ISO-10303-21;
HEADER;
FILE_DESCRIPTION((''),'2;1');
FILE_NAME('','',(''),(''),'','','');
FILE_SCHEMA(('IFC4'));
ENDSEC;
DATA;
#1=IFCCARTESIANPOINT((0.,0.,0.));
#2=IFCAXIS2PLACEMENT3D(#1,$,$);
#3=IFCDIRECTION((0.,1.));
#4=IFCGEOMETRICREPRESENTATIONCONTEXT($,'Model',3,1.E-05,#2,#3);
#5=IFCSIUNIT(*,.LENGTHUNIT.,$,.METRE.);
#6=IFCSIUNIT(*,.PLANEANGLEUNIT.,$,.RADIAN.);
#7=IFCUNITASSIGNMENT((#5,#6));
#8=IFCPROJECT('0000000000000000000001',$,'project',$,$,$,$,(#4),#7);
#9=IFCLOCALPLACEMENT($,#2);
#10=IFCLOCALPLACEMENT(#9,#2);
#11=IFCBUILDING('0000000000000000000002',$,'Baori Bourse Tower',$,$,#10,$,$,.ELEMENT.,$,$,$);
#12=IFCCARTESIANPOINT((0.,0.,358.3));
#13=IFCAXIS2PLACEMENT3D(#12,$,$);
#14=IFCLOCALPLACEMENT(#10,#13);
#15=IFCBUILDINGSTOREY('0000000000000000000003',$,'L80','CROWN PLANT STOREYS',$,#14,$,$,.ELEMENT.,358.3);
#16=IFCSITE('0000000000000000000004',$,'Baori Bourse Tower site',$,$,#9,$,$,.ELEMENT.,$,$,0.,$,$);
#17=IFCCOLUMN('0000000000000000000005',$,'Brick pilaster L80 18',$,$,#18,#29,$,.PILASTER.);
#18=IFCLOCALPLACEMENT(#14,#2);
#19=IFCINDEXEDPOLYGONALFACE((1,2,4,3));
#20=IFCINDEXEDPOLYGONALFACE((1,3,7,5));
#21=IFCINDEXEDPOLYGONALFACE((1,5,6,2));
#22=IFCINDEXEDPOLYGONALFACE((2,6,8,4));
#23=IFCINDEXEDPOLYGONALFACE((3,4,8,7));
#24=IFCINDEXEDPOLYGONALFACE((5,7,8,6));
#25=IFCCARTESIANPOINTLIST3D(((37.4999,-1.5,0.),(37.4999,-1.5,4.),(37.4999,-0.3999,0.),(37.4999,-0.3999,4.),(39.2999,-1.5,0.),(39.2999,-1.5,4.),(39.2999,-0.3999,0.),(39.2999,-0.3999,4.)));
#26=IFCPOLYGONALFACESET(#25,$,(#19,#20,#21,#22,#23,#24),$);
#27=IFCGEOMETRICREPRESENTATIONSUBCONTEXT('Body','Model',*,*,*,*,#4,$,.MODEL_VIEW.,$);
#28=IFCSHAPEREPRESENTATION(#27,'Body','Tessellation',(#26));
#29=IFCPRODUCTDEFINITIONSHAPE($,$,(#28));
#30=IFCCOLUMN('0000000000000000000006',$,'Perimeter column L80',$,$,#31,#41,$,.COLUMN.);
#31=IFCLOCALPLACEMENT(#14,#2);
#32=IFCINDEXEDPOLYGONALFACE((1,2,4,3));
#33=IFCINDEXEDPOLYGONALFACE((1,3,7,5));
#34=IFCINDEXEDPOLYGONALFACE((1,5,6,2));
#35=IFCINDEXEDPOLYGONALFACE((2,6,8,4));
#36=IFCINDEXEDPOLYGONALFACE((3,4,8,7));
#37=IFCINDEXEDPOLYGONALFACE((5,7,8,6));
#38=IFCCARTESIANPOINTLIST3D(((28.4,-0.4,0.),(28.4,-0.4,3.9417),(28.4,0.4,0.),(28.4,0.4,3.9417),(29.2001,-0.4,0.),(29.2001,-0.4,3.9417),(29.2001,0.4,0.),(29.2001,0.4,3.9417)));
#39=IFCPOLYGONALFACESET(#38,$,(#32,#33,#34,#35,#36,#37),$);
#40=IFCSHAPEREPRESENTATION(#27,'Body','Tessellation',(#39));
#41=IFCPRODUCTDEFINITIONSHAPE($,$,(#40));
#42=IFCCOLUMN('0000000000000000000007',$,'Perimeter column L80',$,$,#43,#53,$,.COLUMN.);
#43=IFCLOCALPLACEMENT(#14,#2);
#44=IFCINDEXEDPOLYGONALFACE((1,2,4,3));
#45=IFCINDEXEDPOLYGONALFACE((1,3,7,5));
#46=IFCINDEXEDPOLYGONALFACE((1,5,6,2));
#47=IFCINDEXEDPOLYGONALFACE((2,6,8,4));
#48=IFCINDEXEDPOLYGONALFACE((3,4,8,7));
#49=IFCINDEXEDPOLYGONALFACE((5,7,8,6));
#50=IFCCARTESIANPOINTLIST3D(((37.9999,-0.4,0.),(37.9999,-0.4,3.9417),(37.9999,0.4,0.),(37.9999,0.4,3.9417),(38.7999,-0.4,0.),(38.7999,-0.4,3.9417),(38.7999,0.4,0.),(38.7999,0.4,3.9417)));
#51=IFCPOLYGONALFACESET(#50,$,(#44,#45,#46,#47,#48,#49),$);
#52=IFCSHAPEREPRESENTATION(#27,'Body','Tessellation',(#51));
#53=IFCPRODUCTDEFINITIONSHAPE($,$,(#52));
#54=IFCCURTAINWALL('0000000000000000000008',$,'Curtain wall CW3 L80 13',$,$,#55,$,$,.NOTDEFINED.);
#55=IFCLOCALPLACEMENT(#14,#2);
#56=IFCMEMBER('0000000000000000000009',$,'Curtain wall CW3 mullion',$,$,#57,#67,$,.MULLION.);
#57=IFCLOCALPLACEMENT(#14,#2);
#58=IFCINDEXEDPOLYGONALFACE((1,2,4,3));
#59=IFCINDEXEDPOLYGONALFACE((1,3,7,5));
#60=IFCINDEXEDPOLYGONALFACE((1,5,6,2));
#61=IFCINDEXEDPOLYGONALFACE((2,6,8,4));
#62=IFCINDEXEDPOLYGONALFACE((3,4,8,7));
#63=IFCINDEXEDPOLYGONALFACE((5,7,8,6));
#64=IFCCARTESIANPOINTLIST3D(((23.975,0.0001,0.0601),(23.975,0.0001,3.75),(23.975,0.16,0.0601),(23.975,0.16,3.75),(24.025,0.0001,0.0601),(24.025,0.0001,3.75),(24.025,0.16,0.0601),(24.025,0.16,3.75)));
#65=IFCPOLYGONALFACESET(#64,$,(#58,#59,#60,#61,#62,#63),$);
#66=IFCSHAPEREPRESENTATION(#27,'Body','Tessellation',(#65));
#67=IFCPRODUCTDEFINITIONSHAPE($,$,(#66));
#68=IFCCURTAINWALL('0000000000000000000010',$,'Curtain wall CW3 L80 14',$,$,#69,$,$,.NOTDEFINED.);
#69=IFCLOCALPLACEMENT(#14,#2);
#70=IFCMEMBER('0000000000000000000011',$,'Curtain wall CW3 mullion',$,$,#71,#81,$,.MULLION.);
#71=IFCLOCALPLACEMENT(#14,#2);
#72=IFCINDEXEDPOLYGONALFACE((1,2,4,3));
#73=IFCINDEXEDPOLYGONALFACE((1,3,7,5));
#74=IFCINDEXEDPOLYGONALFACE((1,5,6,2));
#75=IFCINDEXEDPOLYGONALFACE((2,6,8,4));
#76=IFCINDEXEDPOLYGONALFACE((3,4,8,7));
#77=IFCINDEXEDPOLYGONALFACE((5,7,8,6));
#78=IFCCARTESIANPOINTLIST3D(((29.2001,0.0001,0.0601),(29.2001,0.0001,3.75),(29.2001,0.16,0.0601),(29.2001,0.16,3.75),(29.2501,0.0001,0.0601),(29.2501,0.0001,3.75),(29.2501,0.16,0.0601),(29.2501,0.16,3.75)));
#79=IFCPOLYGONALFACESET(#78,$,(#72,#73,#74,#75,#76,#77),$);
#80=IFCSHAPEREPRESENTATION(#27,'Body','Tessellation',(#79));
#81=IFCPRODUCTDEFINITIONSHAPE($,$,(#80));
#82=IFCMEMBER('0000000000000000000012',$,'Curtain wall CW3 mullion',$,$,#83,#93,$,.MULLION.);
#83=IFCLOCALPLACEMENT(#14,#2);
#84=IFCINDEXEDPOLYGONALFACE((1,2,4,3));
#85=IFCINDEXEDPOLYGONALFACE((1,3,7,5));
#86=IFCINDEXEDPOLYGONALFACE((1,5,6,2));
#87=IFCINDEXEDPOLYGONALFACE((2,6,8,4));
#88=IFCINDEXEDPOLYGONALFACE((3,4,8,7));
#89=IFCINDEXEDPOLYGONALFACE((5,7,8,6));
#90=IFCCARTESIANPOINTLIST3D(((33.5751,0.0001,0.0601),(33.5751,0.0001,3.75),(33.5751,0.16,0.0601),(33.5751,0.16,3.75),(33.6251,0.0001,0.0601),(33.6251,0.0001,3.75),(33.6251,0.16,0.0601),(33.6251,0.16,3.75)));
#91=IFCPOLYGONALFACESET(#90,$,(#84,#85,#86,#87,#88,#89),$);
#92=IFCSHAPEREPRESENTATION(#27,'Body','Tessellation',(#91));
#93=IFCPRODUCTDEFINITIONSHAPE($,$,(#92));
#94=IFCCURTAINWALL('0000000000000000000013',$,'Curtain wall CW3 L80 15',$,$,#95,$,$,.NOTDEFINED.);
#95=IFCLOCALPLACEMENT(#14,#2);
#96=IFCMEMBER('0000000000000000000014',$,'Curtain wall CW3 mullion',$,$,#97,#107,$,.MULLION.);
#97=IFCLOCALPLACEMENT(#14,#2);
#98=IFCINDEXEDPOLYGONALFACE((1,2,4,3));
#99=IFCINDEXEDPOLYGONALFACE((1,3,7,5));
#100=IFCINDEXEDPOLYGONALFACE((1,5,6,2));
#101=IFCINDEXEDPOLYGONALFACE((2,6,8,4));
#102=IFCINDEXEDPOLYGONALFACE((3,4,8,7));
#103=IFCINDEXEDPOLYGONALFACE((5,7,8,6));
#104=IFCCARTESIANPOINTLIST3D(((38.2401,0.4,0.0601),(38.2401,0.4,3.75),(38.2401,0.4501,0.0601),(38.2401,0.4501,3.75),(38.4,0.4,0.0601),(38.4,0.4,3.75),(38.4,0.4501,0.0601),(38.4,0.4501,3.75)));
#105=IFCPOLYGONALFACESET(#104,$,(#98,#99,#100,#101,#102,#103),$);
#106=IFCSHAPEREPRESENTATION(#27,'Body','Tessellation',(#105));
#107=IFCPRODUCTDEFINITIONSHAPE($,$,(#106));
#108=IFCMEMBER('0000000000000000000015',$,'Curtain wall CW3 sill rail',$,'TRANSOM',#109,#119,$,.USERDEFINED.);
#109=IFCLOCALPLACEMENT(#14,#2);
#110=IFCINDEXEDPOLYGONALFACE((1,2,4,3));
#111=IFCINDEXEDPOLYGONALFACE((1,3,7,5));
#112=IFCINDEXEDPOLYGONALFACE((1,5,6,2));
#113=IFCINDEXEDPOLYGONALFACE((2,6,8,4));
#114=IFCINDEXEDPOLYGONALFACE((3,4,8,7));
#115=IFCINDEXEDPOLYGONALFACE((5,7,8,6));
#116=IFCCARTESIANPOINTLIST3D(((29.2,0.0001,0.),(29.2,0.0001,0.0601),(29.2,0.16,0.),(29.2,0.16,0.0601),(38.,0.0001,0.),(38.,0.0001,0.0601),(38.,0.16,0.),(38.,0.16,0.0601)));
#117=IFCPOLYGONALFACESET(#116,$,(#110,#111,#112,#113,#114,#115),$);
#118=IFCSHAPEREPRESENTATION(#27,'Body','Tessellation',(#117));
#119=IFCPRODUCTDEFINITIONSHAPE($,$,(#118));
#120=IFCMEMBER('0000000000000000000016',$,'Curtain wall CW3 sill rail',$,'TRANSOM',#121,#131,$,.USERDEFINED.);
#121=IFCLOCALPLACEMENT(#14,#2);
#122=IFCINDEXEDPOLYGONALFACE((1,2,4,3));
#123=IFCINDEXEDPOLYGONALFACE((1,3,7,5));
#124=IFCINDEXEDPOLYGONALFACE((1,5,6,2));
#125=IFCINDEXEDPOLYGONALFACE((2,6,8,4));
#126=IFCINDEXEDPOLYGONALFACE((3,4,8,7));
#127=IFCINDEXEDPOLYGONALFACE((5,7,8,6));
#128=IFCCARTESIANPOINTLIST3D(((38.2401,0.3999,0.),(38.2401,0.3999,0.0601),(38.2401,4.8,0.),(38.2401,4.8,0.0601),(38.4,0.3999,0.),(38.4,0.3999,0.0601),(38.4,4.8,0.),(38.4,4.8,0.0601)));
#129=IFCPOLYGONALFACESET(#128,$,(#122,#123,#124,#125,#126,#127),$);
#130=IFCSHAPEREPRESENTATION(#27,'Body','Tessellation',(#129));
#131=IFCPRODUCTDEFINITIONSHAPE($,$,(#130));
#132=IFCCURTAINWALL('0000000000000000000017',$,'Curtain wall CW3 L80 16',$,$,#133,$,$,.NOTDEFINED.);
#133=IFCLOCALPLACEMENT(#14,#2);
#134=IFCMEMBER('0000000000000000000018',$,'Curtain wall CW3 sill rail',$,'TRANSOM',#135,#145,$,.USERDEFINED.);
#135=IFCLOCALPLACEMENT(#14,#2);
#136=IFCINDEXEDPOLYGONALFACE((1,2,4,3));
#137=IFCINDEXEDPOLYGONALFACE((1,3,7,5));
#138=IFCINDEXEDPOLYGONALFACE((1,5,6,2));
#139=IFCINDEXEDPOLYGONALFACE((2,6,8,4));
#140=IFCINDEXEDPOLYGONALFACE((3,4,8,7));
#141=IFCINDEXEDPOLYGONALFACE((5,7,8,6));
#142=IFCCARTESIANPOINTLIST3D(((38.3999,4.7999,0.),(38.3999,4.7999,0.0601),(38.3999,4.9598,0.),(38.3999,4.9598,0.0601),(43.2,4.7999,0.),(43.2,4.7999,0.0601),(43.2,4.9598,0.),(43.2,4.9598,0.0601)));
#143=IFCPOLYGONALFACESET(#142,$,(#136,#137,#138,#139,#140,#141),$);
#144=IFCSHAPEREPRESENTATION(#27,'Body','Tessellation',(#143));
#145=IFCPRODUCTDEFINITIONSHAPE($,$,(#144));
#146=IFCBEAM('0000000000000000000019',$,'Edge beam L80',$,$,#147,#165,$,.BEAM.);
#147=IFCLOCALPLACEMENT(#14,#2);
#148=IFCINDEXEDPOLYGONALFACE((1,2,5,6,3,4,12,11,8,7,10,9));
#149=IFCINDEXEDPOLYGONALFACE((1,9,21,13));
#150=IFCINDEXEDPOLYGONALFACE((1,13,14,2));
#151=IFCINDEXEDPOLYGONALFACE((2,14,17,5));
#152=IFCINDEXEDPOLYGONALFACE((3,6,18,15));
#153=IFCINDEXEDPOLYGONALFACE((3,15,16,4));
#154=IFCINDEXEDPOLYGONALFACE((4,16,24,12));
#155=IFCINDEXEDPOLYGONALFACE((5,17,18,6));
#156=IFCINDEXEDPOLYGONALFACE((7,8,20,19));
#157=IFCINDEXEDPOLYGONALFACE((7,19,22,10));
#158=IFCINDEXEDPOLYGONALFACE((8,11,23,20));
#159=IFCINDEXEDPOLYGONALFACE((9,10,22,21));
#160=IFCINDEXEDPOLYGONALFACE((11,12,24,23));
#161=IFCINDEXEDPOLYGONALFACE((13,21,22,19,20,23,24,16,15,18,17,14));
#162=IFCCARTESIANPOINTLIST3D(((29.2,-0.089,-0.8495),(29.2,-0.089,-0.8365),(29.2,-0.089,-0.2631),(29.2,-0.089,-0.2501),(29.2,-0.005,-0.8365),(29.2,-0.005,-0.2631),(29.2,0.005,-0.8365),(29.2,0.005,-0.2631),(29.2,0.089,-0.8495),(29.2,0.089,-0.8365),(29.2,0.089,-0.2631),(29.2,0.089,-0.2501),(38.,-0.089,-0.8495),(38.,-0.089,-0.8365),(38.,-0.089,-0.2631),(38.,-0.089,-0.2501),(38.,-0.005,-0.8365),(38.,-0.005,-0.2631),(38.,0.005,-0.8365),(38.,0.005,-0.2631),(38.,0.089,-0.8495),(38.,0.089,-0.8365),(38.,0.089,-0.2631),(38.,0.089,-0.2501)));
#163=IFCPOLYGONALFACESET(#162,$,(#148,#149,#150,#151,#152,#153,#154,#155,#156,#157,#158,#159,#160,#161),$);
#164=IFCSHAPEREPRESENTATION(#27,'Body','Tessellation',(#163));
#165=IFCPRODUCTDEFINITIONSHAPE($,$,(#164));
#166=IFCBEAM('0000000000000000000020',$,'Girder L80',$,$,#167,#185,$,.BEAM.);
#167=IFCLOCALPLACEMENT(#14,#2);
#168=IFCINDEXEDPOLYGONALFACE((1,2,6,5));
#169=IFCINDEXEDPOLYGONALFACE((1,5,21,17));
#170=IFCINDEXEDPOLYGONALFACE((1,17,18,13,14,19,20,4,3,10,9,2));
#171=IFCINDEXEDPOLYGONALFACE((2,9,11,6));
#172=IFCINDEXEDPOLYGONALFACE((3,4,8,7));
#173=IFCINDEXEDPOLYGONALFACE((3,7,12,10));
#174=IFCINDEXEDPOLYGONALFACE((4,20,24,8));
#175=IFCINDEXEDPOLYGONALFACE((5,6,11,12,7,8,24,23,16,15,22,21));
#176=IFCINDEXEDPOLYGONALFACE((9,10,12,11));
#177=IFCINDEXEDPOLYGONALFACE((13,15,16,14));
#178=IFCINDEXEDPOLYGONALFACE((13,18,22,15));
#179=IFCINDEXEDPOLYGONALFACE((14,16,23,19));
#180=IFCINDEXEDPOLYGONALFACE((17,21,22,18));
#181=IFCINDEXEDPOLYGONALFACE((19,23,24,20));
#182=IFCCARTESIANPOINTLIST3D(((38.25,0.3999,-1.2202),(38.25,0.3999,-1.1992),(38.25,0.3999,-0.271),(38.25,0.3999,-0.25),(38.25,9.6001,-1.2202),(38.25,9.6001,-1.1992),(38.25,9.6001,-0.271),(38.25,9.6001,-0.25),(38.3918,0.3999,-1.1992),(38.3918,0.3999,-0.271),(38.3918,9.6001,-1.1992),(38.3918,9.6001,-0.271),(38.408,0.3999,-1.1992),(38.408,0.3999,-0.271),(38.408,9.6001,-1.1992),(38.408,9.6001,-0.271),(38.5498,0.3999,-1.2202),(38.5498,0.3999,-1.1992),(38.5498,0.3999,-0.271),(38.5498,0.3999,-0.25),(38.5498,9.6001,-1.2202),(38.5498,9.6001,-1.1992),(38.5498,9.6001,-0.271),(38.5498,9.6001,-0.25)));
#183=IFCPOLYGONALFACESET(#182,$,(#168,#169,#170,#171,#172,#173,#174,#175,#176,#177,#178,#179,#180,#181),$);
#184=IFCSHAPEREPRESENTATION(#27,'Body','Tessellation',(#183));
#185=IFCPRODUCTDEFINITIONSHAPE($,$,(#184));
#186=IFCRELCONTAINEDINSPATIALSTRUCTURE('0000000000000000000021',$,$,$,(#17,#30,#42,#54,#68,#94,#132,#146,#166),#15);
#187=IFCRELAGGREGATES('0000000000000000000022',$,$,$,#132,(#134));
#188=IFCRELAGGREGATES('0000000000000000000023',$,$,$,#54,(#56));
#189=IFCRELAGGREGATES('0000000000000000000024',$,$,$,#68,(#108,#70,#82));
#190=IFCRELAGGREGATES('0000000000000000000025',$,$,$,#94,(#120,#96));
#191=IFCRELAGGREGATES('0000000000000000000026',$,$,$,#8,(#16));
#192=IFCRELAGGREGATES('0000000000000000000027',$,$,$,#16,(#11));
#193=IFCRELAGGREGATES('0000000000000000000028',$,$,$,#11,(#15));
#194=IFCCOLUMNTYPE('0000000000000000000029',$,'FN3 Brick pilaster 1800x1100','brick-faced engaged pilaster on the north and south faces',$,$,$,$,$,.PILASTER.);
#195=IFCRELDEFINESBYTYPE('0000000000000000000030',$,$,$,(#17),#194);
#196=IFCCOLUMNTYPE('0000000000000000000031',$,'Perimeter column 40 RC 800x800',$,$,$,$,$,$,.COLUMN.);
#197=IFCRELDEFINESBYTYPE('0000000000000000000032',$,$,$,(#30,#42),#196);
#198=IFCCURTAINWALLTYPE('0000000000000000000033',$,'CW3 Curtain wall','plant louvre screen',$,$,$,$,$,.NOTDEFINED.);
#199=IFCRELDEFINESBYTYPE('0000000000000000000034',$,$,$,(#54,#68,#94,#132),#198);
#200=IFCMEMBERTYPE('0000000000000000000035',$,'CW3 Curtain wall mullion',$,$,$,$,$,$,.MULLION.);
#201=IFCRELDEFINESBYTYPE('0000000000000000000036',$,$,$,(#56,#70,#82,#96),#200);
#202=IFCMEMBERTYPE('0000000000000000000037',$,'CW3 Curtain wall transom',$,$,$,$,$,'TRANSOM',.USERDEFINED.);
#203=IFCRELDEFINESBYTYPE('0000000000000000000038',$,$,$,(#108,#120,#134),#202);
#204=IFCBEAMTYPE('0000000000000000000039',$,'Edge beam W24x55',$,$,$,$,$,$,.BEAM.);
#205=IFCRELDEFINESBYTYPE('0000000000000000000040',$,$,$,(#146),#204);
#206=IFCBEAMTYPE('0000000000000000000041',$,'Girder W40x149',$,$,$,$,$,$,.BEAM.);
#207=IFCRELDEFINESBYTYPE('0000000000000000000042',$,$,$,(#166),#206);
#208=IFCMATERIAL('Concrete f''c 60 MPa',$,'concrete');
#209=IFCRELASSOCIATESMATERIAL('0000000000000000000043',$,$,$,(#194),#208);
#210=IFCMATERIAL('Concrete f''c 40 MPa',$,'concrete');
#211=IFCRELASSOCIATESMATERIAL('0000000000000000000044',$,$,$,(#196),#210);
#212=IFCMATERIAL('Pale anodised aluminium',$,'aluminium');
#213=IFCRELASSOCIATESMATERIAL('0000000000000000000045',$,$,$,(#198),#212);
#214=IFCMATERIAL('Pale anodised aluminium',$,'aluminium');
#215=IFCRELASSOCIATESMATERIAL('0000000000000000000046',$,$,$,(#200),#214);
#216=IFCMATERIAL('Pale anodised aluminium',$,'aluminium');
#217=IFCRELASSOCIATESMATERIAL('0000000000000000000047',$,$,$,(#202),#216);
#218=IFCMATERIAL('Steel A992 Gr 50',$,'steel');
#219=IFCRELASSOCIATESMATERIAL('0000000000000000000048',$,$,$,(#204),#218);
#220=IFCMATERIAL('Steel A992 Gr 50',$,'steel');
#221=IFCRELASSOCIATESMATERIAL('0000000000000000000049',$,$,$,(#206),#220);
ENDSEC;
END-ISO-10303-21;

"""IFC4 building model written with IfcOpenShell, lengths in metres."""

from ifc_helpers import new_model, si_unit, direction, frame, origin, origin_2d, place, context, subcontext, project, spatial, rectangle, i_section, extrude, material, material_profile, profile_set, type_object, element, aggregate, save


model = new_model("IFC4")

# Units and contexts
model_context = context("Model", 3, precision=1e-05, world=origin(), true_north=direction((0.0, 1.0)))
body_context = subcontext(model_context, "Body", "Model", "MODEL_VIEW")
ifc_project = project(units=[si_unit("LENGTHUNIT", "METRE"), si_unit("PLANEANGLEUNIT", "RADIAN")], contexts=[model_context])

# Site, building, storey
site_placement = place(None, origin())
site = spatial("IfcSite", under=ifc_project, at=site_placement, Name="Baori Bourse Tower site", CompositionType="ELEMENT", RefElevation=0.0)
building_placement = place(site_placement, origin())
building = spatial("IfcBuilding", under=site, at=building_placement, Name="Baori Bourse Tower", CompositionType="ELEMENT")
storey_placement = place(building_placement, frame((0.0, 0.0, 358.3)))
storey = spatial("IfcBuildingStorey", under=building, at=storey_placement, Name="L80", Description="CROWN PLANT STOREYS", CompositionType="ELEMENT", Elevation=358.3)

# Columns
ifc_material_1 = material(Name="Concrete f'c 60 MPa", Category="concrete")
ifc_material_profile_1 = material_profile(ifc_material_1, rectangle(XDim=1.8, YDim=1.1001, at=origin_2d()), Name="RC 1800x1100")
ifc_profile_set_1 = profile_set([ifc_material_profile_1], Name="Concrete f'c 60 MPa")
column_type_1 = type_object("IfcColumnType", Name="FN3 Brick pilaster 1800x1100", Description="brick-faced engaged pilaster on the north and south faces", PredefinedType="PILASTER", material=ifc_profile_set_1)
column_placement = place(storey_placement, frame((38.3999, -0.95, 0.0), z_axis=(0.0, 0.0, 1.0), x_axis=(1.0, 0.0, 0.0)))
element("IfcColumn", 1, at=column_placement, inside=storey, type_object=column_type_1, Name="Brick pilaster L80 18", PredefinedType="PILASTER", context=body_context, shape_type="SweptSolid", body=[
    extrude(rectangle(XDim=1.8, YDim=1.1001, at=origin_2d()), origin(), (0.0, 0.0, 1.0), 4.0),
])
ifc_material_2 = material(Name="Concrete f'c 40 MPa", Category="concrete")
ifc_material_profile_2 = material_profile(ifc_material_2, rectangle(XDim=0.8, YDim=0.8, at=origin_2d()), Name="RC 800x800")
ifc_profile_set_2 = profile_set([ifc_material_profile_2], Name="Concrete f'c 40 MPa")
column_type_2 = type_object("IfcColumnType", Name="Perimeter column 40 RC 800x800", PredefinedType="COLUMN", material=ifc_profile_set_2)
for number, where, z_axis, x_axis, name in (
    (2, (28.8, 0.0, 0.0), (0.0, 0.0, 1.0), (1.0, 0.0, 0.0), "Perimeter column L80"),
    (3, (38.3999, 0.0, 0.0), (0.0, 0.0, 1.0), (1.0, 0.0, 0.0), "Perimeter column L80"),
):
    element("IfcColumn", number, at=place(storey_placement, frame(where, z_axis=z_axis, x_axis=x_axis)), inside=storey, type_object=column_type_2, Name=name, PredefinedType="COLUMN", context=body_context, shape_type="SweptSolid", body=[
        extrude(rectangle(XDim=0.8, YDim=0.8, at=origin_2d()), origin(), (0.0, 0.0, 1.0), 3.9417),
    ])

# Curtain wall, member
ifc_material_3 = material(Name="Pale anodised aluminium", Category="aluminium")
curtain_wall_type = type_object("IfcCurtainWallType", Name="CW3 Curtain wall", Description="plant louvre screen", PredefinedType="NOTDEFINED", material=ifc_material_3)
curtain_wall_1_placement = place(storey_placement, origin())
curtain_wall_1 = element("IfcCurtainWall", 4, at=curtain_wall_1_placement, inside=storey, type_object=curtain_wall_type, Name="Curtain wall CW3 L80 13", PredefinedType="NOTDEFINED")
ifc_material_4 = material(Name="Pale anodised aluminium", Category="aluminium")
ifc_material_profile_3 = material_profile(ifc_material_4, rectangle(XDim=0.1599, YDim=0.05, at=origin_2d()), Name="Mullion 50x160")
ifc_profile_set_3 = profile_set([ifc_material_profile_3], Name="Pale anodised aluminium")
member_type_1 = type_object("IfcMemberType", Name="CW3 Curtain wall mullion", PredefinedType="MULLION", material=ifc_profile_set_3)
member_1_placement = place(storey_placement, frame((24.0, 0.0801, 0.0601), z_axis=(0.0, 0.0, 1.0), x_axis=(0.0, 1.0, 0.0)))
member_1 = element("IfcMember", 5, at=member_1_placement, type_object=member_type_1, Name="Curtain wall CW3 mullion", PredefinedType="MULLION", context=body_context, shape_type="SweptSolid", body=[
    extrude(rectangle(XDim=0.1599, YDim=0.05, at=origin_2d()), origin(), (0.0, 0.0, 1.0), 3.6899),
])

# Curtain wall, members
curtain_wall_2_placement = place(storey_placement, origin())
curtain_wall_2 = element("IfcCurtainWall", 6, at=curtain_wall_2_placement, inside=storey, type_object=curtain_wall_type, Name="Curtain wall CW3 L80 14", PredefinedType="NOTDEFINED")
member_2_placement = place(storey_placement, frame((29.2251, 0.0801, 0.0601), z_axis=(0.0, 0.0, 1.0), x_axis=(0.0, 1.0, 0.0)))
member_2 = element("IfcMember", 7, at=member_2_placement, type_object=member_type_1, Name="Curtain wall CW3 mullion", PredefinedType="MULLION", context=body_context, shape_type="SweptSolid", body=[
    extrude(rectangle(XDim=0.1599, YDim=0.05, at=origin_2d()), origin(), (0.0, 0.0, 1.0), 3.6899),
])
member_3_placement = place(storey_placement, frame((33.6001, 0.0801, 0.0601), z_axis=(0.0, 0.0, 1.0), x_axis=(0.0, 1.0, 0.0)))
member_3 = element("IfcMember", 8, at=member_3_placement, type_object=member_type_1, Name="Curtain wall CW3 mullion", PredefinedType="MULLION", context=body_context, shape_type="SweptSolid", body=[
    extrude(rectangle(XDim=0.1599, YDim=0.05, at=origin_2d()), origin(), (0.0, 0.0, 1.0), 3.6899),
])

# Curtain wall, member
curtain_wall_3_placement = place(storey_placement, origin())
curtain_wall_3 = element("IfcCurtainWall", 9, at=curtain_wall_3_placement, inside=storey, type_object=curtain_wall_type, Name="Curtain wall CW3 L80 15", PredefinedType="NOTDEFINED")
member_4_placement = place(storey_placement, frame((38.3201, 0.425, 0.0601), z_axis=(0.0, 0.0, 1.0), x_axis=(-1.0, 0.0, 0.0)))
member_4 = element("IfcMember", 10, at=member_4_placement, type_object=member_type_1, Name="Curtain wall CW3 mullion", PredefinedType="MULLION", context=body_context, shape_type="SweptSolid", body=[
    extrude(rectangle(XDim=0.1599, YDim=0.05, at=origin_2d()), origin(), (0.0, 0.0, 1.0), 3.6899),
])

# Members
ifc_material_5 = material(Name="Pale anodised aluminium", Category="aluminium")
ifc_material_profile_4 = material_profile(ifc_material_5, rectangle(XDim=0.1599, YDim=0.0601, at=origin_2d()), Name="Transom 60x160")
ifc_profile_set_4 = profile_set([ifc_material_profile_4], Name="Pale anodised aluminium")
member_type_2 = type_object("IfcMemberType", Name="CW3 Curtain wall transom", ElementType="TRANSOM", PredefinedType="USERDEFINED", material=ifc_profile_set_4)
member_5_placement = place(storey_placement, frame((29.2, 0.0801, 0.03), z_axis=(1.0, 0.0, 0.0), x_axis=(0.0, 1.0, 0.0)))
member_5 = element("IfcMember", 11, at=member_5_placement, type_object=member_type_2, Name="Curtain wall CW3 sill rail", ObjectType="TRANSOM", PredefinedType="USERDEFINED", context=body_context, shape_type="SweptSolid", body=[
    extrude(rectangle(XDim=0.1599, YDim=0.0601, at=origin_2d()), origin(), (0.0, 0.0, 1.0), 8.8),
])
member_6_placement = place(storey_placement, frame((38.3201, 0.3999, 0.03), z_axis=(0.0, 1.0, 0.0), x_axis=(-1.0, 0.0, 0.0)))
member_6 = element("IfcMember", 12, at=member_6_placement, type_object=member_type_2, Name="Curtain wall CW3 sill rail", ObjectType="TRANSOM", PredefinedType="USERDEFINED", context=body_context, shape_type="SweptSolid", body=[
    extrude(rectangle(XDim=0.1599, YDim=0.0601, at=origin_2d()), origin(), (0.0, 0.0, 1.0), 4.4001),
])

# Curtain wall, member
curtain_wall_4_placement = place(storey_placement, origin())
curtain_wall_4 = element("IfcCurtainWall", 13, at=curtain_wall_4_placement, inside=storey, type_object=curtain_wall_type, Name="Curtain wall CW3 L80 16", PredefinedType="NOTDEFINED")
member_7_placement = place(storey_placement, frame((38.3999, 4.8799, 0.03), z_axis=(1.0, 0.0, 0.0), x_axis=(0.0, 1.0, 0.0)))
member_7 = element("IfcMember", 14, at=member_7_placement, type_object=member_type_2, Name="Curtain wall CW3 sill rail", ObjectType="TRANSOM", PredefinedType="USERDEFINED", context=body_context, shape_type="SweptSolid", body=[
    extrude(rectangle(XDim=0.1599, YDim=0.0601, at=origin_2d()), origin(), (0.0, 0.0, 1.0), 4.8),
])
aggregate(curtain_wall_4, [member_7])

# Beams
ifc_material_6 = material(Name="Steel A992 Gr 50", Category="steel")
ifc_material_profile_5 = material_profile(ifc_material_6, i_section(OverallWidth=0.178, OverallDepth=0.5994, WebThickness=0.01, FlangeThickness=0.0129, at=origin_2d()), Name="W24x55")
ifc_profile_set_5 = profile_set([ifc_material_profile_5], Name="Steel A992 Gr 50")
beam_type_1 = type_object("IfcBeamType", Name="Edge beam W24x55", PredefinedType="BEAM", material=ifc_profile_set_5)
beam_1_placement = place(storey_placement, frame((29.2, 0.0, -0.5498), z_axis=(1.0, 0.0, 0.0), x_axis=(0.0, 1.0, 0.0)))
element("IfcBeam", 15, at=beam_1_placement, inside=storey, type_object=beam_type_1, Name="Edge beam L80", PredefinedType="BEAM", context=body_context, shape_type="SweptSolid", body=[
    extrude(i_section(OverallWidth=0.178, OverallDepth=0.5994, WebThickness=0.01, FlangeThickness=0.0129, at=origin_2d()), origin(), (0.0, 0.0, 1.0), 8.8),
])
ifc_material_7 = material(Name="Steel A992 Gr 50", Category="steel")
ifc_material_profile_6 = material_profile(ifc_material_7, i_section(OverallWidth=0.2998, OverallDepth=0.9702, WebThickness=0.0161, FlangeThickness=0.021, at=origin_2d()), Name="W40x149")
ifc_profile_set_6 = profile_set([ifc_material_profile_6], Name="Steel A992 Gr 50")
beam_type_2 = type_object("IfcBeamType", Name="Girder W40x149", PredefinedType="BEAM", material=ifc_profile_set_6)
beam_2_placement = place(storey_placement, frame((38.3999, 0.3999, -0.7351), z_axis=(0.0, 1.0, 0.0), x_axis=(-1.0, 0.0, 0.0)))
element("IfcBeam", 16, at=beam_2_placement, inside=storey, type_object=beam_type_2, Name="Girder L80", PredefinedType="BEAM", context=body_context, shape_type="SweptSolid", body=[
    extrude(i_section(OverallWidth=0.2998, OverallDepth=0.9702, WebThickness=0.0161, FlangeThickness=0.021, at=origin_2d()), origin(), (0.0, 0.0, 1.0), 9.2002),
])

aggregate(curtain_wall_1, [member_1])
aggregate(curtain_wall_2, [member_5, member_2, member_3])
aggregate(curtain_wall_3, [member_6, member_4])

save(model, "model.ifc")
